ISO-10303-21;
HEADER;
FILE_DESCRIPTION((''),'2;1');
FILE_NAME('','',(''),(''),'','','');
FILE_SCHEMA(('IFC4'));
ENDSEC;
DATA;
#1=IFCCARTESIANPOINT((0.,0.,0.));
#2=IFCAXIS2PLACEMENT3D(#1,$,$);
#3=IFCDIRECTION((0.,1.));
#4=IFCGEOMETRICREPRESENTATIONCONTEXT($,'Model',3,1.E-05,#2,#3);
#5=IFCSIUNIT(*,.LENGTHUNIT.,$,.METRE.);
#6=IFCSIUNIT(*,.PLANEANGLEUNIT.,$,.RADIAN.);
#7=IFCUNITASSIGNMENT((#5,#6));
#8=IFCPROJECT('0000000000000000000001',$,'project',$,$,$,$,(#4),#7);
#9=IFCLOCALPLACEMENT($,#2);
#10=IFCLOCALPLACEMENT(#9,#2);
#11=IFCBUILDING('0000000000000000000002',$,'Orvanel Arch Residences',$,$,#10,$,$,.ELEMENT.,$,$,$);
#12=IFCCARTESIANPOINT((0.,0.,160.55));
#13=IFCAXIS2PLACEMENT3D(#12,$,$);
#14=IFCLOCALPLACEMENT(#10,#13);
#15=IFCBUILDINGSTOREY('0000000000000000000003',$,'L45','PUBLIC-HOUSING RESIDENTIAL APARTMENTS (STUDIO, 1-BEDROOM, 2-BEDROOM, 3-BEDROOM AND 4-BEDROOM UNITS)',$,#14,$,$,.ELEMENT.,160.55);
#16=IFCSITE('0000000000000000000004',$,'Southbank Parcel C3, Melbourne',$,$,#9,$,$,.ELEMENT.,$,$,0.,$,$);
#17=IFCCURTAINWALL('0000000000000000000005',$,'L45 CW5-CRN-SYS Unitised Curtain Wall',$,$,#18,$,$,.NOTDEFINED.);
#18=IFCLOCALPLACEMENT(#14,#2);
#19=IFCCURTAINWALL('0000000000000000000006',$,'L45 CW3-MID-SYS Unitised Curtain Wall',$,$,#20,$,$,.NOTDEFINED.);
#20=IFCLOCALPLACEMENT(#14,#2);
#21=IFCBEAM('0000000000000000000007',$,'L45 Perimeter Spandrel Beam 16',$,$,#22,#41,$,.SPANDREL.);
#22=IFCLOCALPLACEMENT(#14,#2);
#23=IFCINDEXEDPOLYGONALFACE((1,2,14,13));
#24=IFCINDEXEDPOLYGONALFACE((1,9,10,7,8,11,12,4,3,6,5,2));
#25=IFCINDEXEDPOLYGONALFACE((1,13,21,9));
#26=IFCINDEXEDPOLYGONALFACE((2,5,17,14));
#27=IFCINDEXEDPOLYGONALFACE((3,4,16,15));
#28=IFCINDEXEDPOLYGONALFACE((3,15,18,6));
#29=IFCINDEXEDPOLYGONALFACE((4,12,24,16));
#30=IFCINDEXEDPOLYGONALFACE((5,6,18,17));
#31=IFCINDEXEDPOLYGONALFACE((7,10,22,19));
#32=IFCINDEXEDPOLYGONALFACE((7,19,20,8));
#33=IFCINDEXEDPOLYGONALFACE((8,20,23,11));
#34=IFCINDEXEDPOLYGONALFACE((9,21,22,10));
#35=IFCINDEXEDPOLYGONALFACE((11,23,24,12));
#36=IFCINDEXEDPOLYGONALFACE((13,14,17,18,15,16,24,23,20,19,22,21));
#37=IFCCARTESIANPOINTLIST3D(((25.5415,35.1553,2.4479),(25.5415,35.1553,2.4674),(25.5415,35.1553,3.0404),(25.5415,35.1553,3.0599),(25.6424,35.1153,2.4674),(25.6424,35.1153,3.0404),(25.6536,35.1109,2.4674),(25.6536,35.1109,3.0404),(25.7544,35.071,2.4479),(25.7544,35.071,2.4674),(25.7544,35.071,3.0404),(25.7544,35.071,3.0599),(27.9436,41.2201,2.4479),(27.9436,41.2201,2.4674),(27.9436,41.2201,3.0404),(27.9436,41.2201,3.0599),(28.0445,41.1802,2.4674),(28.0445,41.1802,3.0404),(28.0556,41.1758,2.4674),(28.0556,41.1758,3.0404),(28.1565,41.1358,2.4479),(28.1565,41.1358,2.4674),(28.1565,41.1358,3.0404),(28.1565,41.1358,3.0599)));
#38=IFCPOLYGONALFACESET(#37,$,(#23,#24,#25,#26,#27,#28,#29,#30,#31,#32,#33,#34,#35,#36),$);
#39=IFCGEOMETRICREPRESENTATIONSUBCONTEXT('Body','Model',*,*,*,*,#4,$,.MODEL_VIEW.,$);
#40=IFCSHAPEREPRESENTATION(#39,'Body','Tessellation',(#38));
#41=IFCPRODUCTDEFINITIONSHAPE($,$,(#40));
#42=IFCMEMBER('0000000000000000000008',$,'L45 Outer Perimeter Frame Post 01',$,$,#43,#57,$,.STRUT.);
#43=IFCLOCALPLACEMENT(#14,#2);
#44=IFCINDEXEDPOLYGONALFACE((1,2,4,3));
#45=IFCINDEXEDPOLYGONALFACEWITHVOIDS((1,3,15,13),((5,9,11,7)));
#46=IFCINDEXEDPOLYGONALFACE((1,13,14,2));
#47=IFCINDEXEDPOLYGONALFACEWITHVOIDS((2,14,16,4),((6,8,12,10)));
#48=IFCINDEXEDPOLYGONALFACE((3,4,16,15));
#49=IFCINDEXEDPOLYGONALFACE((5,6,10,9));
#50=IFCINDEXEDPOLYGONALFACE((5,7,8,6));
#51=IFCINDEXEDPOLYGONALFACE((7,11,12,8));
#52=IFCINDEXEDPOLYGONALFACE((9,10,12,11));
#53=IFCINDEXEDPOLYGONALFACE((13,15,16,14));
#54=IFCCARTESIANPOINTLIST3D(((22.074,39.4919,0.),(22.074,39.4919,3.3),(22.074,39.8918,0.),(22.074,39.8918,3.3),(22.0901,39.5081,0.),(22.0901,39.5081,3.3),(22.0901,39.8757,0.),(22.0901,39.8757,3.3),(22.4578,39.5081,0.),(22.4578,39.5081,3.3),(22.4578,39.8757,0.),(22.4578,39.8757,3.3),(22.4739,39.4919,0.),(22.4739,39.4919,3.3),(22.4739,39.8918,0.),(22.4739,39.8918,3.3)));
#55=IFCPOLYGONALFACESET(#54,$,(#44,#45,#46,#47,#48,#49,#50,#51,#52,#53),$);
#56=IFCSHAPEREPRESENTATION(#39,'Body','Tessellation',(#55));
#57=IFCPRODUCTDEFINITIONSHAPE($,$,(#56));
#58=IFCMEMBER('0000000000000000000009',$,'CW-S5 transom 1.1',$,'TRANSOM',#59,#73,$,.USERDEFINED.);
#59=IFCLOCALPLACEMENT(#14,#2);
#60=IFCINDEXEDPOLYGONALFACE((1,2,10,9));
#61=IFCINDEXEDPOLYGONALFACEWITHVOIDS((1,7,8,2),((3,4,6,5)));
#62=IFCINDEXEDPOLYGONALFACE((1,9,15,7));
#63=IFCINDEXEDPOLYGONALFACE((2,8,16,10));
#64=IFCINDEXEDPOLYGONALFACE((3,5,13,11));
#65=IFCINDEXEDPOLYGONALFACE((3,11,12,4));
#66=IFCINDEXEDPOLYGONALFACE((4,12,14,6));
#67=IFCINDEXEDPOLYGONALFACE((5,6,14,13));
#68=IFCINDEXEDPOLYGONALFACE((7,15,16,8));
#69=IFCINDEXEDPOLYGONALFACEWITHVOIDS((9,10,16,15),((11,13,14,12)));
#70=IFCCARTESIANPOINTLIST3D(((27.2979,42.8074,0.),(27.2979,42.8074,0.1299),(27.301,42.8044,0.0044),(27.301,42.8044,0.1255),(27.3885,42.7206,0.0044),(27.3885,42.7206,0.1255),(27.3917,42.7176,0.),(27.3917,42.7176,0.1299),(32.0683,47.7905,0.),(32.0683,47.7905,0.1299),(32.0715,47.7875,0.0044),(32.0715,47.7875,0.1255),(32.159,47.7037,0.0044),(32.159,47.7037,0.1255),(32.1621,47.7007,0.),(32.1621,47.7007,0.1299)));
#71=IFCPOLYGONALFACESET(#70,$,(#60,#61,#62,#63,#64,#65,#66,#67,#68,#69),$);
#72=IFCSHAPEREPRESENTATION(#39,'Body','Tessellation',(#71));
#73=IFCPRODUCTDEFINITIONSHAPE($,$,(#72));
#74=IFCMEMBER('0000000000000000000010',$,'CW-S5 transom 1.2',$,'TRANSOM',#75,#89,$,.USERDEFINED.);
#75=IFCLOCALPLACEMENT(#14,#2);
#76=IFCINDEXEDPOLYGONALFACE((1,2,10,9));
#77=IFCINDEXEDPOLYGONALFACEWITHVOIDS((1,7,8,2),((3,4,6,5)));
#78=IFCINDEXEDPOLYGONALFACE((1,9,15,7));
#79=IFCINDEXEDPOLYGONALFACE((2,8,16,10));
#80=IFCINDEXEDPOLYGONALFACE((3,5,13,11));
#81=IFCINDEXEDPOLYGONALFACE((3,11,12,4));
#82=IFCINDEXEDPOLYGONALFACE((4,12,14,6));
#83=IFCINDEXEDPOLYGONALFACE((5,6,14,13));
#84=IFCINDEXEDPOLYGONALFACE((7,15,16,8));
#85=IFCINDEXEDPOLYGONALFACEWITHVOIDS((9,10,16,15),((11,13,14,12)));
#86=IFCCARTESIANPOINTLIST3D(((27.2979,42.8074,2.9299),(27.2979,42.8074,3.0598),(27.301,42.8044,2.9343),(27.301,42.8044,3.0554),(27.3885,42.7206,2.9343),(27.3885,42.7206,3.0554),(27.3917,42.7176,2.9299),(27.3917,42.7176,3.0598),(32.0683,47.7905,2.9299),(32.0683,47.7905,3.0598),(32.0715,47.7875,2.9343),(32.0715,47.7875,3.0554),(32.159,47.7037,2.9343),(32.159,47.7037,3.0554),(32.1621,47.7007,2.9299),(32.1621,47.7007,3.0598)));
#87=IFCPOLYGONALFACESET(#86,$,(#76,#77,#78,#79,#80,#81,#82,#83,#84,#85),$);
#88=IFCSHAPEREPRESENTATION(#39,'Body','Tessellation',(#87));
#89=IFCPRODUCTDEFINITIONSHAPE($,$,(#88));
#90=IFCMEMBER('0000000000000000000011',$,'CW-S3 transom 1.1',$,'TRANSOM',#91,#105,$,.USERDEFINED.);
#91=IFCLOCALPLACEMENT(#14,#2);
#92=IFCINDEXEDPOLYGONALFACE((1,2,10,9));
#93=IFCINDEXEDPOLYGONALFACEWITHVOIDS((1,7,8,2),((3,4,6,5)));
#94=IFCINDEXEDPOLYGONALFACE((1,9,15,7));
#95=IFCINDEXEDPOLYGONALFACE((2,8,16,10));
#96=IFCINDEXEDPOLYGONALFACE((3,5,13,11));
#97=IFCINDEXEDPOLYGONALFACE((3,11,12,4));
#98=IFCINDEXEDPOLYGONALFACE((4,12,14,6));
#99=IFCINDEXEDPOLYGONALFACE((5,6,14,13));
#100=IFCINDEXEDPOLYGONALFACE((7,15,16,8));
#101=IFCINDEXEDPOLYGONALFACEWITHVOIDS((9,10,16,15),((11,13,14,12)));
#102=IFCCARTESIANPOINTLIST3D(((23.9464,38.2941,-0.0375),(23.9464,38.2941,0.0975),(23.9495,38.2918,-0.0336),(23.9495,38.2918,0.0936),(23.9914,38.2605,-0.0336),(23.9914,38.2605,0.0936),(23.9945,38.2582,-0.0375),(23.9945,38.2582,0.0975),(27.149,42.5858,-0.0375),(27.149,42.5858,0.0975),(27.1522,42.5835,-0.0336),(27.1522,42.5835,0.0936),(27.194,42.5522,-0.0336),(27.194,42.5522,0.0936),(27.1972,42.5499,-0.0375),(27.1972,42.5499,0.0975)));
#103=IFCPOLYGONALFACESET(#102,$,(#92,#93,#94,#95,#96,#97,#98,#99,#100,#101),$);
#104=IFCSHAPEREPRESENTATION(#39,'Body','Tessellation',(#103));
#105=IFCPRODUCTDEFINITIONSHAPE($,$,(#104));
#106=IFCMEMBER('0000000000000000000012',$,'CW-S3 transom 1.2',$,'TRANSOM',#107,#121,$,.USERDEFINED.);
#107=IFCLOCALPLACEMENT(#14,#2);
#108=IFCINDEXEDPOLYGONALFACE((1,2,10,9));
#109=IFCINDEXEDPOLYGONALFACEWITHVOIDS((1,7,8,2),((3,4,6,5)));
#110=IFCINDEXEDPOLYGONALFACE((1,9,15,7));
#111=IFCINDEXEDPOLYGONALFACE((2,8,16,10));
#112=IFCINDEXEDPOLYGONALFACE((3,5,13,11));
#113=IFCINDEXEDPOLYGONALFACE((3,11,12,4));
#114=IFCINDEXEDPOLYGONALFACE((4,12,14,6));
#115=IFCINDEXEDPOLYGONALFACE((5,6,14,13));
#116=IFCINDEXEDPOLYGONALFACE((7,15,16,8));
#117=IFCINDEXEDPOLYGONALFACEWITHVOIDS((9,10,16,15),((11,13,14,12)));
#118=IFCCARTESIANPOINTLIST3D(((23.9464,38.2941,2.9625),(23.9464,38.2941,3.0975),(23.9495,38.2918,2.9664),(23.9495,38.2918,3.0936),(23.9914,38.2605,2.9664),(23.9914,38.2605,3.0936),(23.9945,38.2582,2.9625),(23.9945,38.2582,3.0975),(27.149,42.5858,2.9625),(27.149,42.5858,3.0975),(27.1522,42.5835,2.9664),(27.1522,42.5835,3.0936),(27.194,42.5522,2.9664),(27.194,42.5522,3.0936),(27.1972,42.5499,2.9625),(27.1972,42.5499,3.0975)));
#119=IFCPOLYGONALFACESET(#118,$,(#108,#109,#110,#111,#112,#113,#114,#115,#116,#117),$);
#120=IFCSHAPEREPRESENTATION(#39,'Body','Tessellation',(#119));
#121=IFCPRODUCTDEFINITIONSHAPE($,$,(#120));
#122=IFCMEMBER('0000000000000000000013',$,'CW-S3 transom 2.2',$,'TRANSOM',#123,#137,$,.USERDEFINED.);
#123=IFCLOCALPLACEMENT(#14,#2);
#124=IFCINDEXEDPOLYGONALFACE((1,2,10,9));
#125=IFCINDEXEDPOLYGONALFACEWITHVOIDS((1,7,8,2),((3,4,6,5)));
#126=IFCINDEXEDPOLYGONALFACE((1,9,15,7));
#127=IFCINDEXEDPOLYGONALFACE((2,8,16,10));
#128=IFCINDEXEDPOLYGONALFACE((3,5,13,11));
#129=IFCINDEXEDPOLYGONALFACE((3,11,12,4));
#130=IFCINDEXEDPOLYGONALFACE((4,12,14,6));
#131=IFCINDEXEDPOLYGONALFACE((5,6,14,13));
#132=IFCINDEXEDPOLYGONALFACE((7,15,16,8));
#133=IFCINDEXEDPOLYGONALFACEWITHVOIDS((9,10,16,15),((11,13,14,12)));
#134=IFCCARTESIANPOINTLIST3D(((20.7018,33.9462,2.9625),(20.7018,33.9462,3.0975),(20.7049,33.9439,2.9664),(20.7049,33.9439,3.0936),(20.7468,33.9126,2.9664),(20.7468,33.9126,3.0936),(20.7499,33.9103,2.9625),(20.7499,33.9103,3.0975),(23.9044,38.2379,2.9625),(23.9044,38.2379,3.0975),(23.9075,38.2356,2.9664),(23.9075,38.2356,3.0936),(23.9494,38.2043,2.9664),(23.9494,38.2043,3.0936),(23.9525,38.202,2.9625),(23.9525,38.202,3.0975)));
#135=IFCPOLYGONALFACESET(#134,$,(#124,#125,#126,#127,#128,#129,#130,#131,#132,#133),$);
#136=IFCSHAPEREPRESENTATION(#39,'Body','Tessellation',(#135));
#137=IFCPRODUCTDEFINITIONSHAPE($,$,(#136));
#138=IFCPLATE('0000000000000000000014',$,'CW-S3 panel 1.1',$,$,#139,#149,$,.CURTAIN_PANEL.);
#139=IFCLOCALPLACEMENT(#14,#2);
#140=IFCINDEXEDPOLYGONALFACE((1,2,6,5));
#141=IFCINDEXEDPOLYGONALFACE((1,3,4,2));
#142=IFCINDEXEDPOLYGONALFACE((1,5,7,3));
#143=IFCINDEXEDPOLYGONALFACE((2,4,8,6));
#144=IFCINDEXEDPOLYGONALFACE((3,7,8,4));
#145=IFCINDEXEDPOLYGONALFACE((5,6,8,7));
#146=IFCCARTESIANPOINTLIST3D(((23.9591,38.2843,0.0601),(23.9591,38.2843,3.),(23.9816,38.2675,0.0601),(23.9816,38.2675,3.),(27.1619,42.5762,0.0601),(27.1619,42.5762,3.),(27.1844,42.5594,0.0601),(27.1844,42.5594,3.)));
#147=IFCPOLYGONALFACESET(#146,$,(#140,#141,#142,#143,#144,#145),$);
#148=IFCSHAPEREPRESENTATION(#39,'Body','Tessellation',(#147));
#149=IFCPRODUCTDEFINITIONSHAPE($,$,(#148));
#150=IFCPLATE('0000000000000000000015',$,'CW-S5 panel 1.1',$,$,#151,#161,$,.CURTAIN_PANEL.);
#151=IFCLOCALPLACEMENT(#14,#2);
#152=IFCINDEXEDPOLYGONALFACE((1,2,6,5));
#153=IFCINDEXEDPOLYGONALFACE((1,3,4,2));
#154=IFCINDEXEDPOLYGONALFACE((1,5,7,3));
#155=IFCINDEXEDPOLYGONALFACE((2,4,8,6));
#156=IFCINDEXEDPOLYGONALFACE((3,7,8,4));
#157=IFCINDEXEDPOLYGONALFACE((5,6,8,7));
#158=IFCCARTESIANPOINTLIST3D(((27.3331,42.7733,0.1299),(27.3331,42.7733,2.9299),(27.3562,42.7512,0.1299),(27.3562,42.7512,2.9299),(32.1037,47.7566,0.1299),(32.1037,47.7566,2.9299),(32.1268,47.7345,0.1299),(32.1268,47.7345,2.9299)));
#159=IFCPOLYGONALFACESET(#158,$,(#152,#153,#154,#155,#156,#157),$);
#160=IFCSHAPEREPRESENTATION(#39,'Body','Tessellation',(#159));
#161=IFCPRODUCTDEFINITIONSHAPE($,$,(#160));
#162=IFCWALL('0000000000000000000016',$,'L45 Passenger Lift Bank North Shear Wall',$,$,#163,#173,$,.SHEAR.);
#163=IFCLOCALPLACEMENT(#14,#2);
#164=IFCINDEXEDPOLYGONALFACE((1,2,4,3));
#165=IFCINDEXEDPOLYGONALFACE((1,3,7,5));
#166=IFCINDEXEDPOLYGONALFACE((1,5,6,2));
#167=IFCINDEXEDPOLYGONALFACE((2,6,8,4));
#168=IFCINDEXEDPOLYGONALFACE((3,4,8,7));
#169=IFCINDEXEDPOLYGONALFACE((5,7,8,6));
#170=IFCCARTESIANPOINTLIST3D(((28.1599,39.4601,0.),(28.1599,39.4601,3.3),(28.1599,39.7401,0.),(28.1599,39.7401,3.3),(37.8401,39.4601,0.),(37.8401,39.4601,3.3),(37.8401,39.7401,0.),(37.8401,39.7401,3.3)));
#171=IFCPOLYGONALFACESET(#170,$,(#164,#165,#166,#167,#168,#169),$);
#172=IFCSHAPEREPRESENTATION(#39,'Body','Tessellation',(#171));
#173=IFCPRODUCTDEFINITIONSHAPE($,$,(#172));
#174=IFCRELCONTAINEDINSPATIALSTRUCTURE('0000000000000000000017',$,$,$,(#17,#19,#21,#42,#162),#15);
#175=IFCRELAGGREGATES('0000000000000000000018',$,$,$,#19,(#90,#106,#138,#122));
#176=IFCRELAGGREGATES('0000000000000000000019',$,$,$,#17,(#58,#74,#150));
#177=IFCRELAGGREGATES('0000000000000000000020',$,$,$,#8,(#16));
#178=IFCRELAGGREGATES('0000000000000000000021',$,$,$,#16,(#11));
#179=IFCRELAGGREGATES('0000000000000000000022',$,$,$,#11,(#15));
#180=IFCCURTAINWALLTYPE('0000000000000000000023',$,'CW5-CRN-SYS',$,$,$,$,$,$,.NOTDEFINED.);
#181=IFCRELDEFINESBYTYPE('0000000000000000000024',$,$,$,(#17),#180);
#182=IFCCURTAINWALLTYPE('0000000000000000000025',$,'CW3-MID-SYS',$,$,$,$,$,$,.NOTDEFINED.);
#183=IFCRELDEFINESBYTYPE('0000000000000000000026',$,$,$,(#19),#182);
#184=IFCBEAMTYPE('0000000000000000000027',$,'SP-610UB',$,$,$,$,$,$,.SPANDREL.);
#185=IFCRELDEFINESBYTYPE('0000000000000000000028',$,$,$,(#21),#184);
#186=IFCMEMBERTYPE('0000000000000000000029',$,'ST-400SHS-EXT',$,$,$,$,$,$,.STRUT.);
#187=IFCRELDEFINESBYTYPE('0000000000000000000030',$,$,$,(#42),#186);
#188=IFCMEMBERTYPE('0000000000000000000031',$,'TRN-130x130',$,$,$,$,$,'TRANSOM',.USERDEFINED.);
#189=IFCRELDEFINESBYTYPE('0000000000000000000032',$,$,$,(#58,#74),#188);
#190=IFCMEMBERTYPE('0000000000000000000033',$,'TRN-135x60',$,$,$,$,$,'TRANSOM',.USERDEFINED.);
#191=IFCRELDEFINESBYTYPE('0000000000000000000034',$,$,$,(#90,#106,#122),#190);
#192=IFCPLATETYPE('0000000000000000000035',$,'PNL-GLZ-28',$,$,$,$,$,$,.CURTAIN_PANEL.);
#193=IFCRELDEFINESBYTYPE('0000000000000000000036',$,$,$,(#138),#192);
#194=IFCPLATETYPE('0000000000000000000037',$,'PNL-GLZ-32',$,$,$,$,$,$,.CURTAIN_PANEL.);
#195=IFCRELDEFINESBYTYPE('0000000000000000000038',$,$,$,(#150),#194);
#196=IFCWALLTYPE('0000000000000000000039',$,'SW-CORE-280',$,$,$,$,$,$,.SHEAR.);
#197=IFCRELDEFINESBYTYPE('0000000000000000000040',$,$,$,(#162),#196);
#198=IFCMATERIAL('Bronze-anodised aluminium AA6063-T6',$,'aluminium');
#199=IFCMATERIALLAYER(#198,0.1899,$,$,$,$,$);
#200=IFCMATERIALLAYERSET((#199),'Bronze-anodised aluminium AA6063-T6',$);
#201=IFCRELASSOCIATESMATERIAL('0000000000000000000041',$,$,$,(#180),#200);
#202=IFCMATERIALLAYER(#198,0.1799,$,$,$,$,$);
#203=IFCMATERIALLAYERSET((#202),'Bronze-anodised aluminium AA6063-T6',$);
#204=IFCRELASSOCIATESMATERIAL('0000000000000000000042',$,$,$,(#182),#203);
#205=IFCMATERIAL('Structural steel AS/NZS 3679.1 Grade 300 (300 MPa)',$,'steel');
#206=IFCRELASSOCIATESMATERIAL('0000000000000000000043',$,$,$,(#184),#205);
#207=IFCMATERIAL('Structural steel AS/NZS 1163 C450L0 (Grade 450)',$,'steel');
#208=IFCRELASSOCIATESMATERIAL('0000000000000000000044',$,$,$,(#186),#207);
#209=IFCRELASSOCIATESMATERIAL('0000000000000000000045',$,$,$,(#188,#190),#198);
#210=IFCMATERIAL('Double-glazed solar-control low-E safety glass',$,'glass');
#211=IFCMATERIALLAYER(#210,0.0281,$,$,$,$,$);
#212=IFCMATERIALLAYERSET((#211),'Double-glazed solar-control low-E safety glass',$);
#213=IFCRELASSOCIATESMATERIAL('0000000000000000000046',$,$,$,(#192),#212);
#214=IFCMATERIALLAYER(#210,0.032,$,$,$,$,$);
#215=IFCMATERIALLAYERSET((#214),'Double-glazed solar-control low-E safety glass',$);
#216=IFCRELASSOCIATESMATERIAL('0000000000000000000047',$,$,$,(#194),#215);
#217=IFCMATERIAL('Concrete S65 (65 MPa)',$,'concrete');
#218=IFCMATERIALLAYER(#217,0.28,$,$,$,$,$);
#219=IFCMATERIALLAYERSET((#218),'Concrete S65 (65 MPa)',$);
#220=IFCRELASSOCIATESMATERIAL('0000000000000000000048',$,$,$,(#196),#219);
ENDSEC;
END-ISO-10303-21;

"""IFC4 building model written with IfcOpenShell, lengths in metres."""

from ifc_helpers import new_model, si_unit, direction, frame, frame_2d, origin, origin_2d, place, context, subcontext, project, spatial, rectangle, hollow_rectangle, i_section, extrude, material, layer, layer_set, material_profile, profile_set, type_object, element, aggregate, save


model = new_model("IFC4")

# Units and contexts
model_context = context("Model", 3, precision=1e-05, world=origin(), true_north=direction((0.0, 1.0)))
body_context = subcontext(model_context, "Body", "Model", "MODEL_VIEW")
ifc_project = project(units=[si_unit("LENGTHUNIT", "METRE"), si_unit("PLANEANGLEUNIT", "RADIAN")], contexts=[model_context])

# Site, building, storey
site_placement = place(None, origin())
site = spatial("IfcSite", under=ifc_project, at=site_placement, Name="Southbank Parcel C3, Melbourne", CompositionType="ELEMENT", RefElevation=0.0)
building_placement = place(site_placement, origin())
building = spatial("IfcBuilding", under=site, at=building_placement, Name="Orvanel Arch Residences", CompositionType="ELEMENT")
storey_placement = place(building_placement, frame((0.0, 0.0, 160.55)))
storey = spatial("IfcBuildingStorey", under=building, at=storey_placement, Name="L45", Description="PUBLIC-HOUSING RESIDENTIAL APARTMENTS (STUDIO, 1-BEDROOM, 2-BEDROOM, 3-BEDROOM AND 4-BEDROOM UNITS)", CompositionType="ELEMENT", Elevation=160.55)

# Shared definitions
ifc_material_1 = material(Name="Structural steel AS/NZS 3679.1 Grade 300 (300 MPa)", Category="steel")

# Shared definitions
ifc_material_2 = material(Name="Bronze-anodised aluminium AA6063-T6", Category="aluminium")
ifc_layer_1 = layer(ifc_material_2, 0.1899)
ifc_layer_set_1 = layer_set([ifc_layer_1], Name="Bronze-anodised aluminium AA6063-T6")
curtain_wall_type_1 = type_object("IfcCurtainWallType", Name="CW5-CRN-SYS", PredefinedType="NOTDEFINED", material=ifc_layer_set_1)

# Curtain walls
curtain_wall_1_placement = place(storey_placement, origin())
curtain_wall_1 = element("IfcCurtainWall", 1, at=curtain_wall_1_placement, inside=storey, type_object=curtain_wall_type_1, Name="L45 CW5-CRN-SYS Unitised Curtain Wall", PredefinedType="NOTDEFINED")
ifc_layer_2 = layer(ifc_material_2, 0.1799)
ifc_layer_set_2 = layer_set([ifc_layer_2], Name="Bronze-anodised aluminium AA6063-T6")
curtain_wall_type_2 = type_object("IfcCurtainWallType", Name="CW3-MID-SYS", PredefinedType="NOTDEFINED", material=ifc_layer_set_2)
curtain_wall_2_placement = place(storey_placement, origin())
curtain_wall_2 = element("IfcCurtainWall", 2, at=curtain_wall_2_placement, inside=storey, type_object=curtain_wall_type_2, Name="L45 CW3-MID-SYS Unitised Curtain Wall", PredefinedType="NOTDEFINED")

# Beam
ifc_material_profile_1 = material_profile(ifc_material_1, i_section(OverallWidth=0.229, OverallDepth=0.6121, WebThickness=0.012, FlangeThickness=0.0195, at=origin_2d()), Name="610UB125")
ifc_profile_set_1 = profile_set([ifc_material_profile_1], Name="Structural steel AS/NZS 3679.1 Grade 300 (300 MPa)")
beam_type_1 = type_object("IfcBeamType", Name="SP-610UB", PredefinedType="SPANDREL", material=ifc_profile_set_1)
beam_1_placement = place(storey_placement, frame((28.05, 41.178, 2.7539), z_axis=(-0.368233, -0.929733, 0.0), x_axis=(0.929733, -0.368233, 0.0)))
element("IfcBeam", 3, at=beam_1_placement, inside=storey, type_object=beam_type_1, Name="L45 Perimeter Spandrel Beam 16", PredefinedType="SPANDREL", context=body_context, shape_type="SweptSolid", body=[
    extrude(i_section(OverallWidth=0.229, OverallDepth=0.6121, WebThickness=0.012, FlangeThickness=0.0195, at=origin_2d()), origin(), (0.0, 0.0, 1.0), 6.5232),
])

# Members
ifc_material_3 = material(Name="Structural steel AS/NZS 1163 C450L0 (Grade 450)", Category="steel")
ifc_material_profile_2 = material_profile(ifc_material_3, hollow_rectangle(XDim=0.3999, YDim=0.3999, WallThickness=0.0161, at=origin_2d()), Name="SHS400x400x16")
ifc_profile_set_2 = profile_set([ifc_material_profile_2], Name="Structural steel AS/NZS 1163 C450L0 (Grade 450)")
member_type_1 = type_object("IfcMemberType", Name="ST-400SHS-EXT", PredefinedType="STRUT", material=ifc_profile_set_2)
member_1_placement = place(storey_placement, frame((22.2739, 39.6919, 0.0), z_axis=(0.0, 0.0, 1.0), x_axis=(1.0, 0.0, 0.0)))
element("IfcMember", 4, at=member_1_placement, inside=storey, type_object=member_type_1, Name="L45 Outer Perimeter Frame Post 01", PredefinedType="STRUT", context=body_context, shape_type="SweptSolid", body=[
    extrude(hollow_rectangle(XDim=0.3999, YDim=0.3999, WallThickness=0.0161, at=origin_2d()), origin(), (0.0, 0.0, 1.0), 3.3),
])
ifc_material_profile_3 = material_profile(ifc_material_2, hollow_rectangle(XDim=0.1299, YDim=0.1299, WallThickness=0.0044, at=origin_2d()), Name="ALU130x130x4.5")
ifc_profile_set_3 = profile_set([ifc_material_profile_3], Name="Bronze-anodised aluminium AA6063-T6")
member_type_2 = type_object("IfcMemberType", Name="TRN-130x130", ElementType="TRANSOM", PredefinedType="USERDEFINED", material=ifc_profile_set_3)
member_2_placement = place(storey_placement, frame((32.1152, 47.7456, 0.0649), z_axis=(-0.691526, -0.722351, 0.0), x_axis=(0.722351, -0.691526, 0.0)))
member_2 = element("IfcMember", 5, at=member_2_placement, type_object=member_type_2, Name="CW-S5 transom 1.1", ObjectType="TRANSOM", PredefinedType="USERDEFINED", context=body_context, shape_type="SweptSolid", body=[
    extrude(hollow_rectangle(XDim=0.1299, YDim=0.1299, WallThickness=0.0044, at=origin_2d()), origin(), (0.0, 0.0, 1.0), 6.8984),
])
member_3_placement = place(storey_placement, frame((32.1152, 47.7456, 2.9949), z_axis=(-0.691526, -0.722351, 0.0), x_axis=(0.722351, -0.691526, 0.0)))
member_3 = element("IfcMember", 6, at=member_3_placement, type_object=member_type_2, Name="CW-S5 transom 1.2", ObjectType="TRANSOM", PredefinedType="USERDEFINED", context=body_context, shape_type="SweptSolid", body=[
    extrude(hollow_rectangle(XDim=0.1299, YDim=0.1299, WallThickness=0.0044, at=origin_2d()), origin(), (0.0, 0.0, 1.0), 6.8984),
])
ifc_material_profile_4 = material_profile(ifc_material_2, hollow_rectangle(XDim=0.0601, YDim=0.135, WallThickness=0.0039, at=origin_2d()), Name="ALU135x60x4")
ifc_profile_set_4 = profile_set([ifc_material_profile_4], Name="Bronze-anodised aluminium AA6063-T6")
member_type_3 = type_object("IfcMemberType", Name="TRN-135x60", ElementType="TRANSOM", PredefinedType="USERDEFINED", material=ifc_profile_set_4)
member_4_placement = place(storey_placement, frame((27.1731, 42.5679, 0.03), z_axis=(-0.598065, -0.801447, 0.0), x_axis=(0.801447, -0.598065, 0.0)))
member_4 = element("IfcMember", 7, at=member_4_placement, type_object=member_type_3, Name="CW-S3 transom 1.1", ObjectType="TRANSOM", PredefinedType="USERDEFINED", context=body_context, shape_type="SweptSolid", body=[
    extrude(hollow_rectangle(XDim=0.0601, YDim=0.135, WallThickness=0.0039, at=origin_2d()), origin(), (0.0, 0.0, 1.0), 5.355),
])
member_5_placement = place(storey_placement, frame((27.1731, 42.5679, 3.03), z_axis=(-0.598065, -0.801447, 0.0), x_axis=(0.801447, -0.598065, 0.0)))
member_5 = element("IfcMember", 8, at=member_5_placement, type_object=member_type_3, Name="CW-S3 transom 1.2", ObjectType="TRANSOM", PredefinedType="USERDEFINED", context=body_context, shape_type="SweptSolid", body=[
    extrude(hollow_rectangle(XDim=0.0601, YDim=0.135, WallThickness=0.0039, at=origin_2d()), origin(), (0.0, 0.0, 1.0), 5.355),
])
member_6_placement = place(storey_placement, frame((23.9285, 38.22, 3.03), z_axis=(-0.598065, -0.801447, 0.0), x_axis=(0.801447, -0.598065, 0.0)))
member_6 = element("IfcMember", 9, at=member_6_placement, type_object=member_type_3, Name="CW-S3 transom 2.2", ObjectType="TRANSOM", PredefinedType="USERDEFINED", context=body_context, shape_type="SweptSolid", body=[
    extrude(hollow_rectangle(XDim=0.0601, YDim=0.135, WallThickness=0.0039, at=origin_2d()), origin(), (0.0, 0.0, 1.0), 5.355),
])

# Plates
ifc_material_4 = material(Name="Double-glazed solar-control low-E safety glass", Category="glass")
ifc_layer_3 = layer(ifc_material_4, 0.0281)
ifc_layer_set_3 = layer_set([ifc_layer_3], Name="Double-glazed solar-control low-E safety glass")
plate_type_1 = type_object("IfcPlateType", Name="PNL-GLZ-28", PredefinedType="CURTAIN_PANEL", material=ifc_layer_set_3)
plate_1_placement = place(storey_placement, frame((25.5718, 40.4219, 0.0601), z_axis=(0.0, 0.0, 1.0), x_axis=(-0.598064, -0.801448, 0.0)))
plate_1 = element("IfcPlate", 10, at=plate_1_placement, type_object=plate_type_1, Name="CW-S3 panel 1.1", PredefinedType="CURTAIN_PANEL", context=body_context, shape_type="SweptSolid", body=[
    extrude(rectangle(XDim=5.3552, YDim=0.0281, at=origin_2d()), origin(), (0.0, 0.0, 1.0), 2.9399),
])
aggregate(curtain_wall_2, [member_4, member_5, plate_1, member_6])
ifc_layer_4 = layer(ifc_material_4, 0.032)
ifc_layer_set_4 = layer_set([ifc_layer_4], Name="Double-glazed solar-control low-E safety glass")
plate_type_2 = type_object("IfcPlateType", Name="PNL-GLZ-32", PredefinedType="CURTAIN_PANEL", material=ifc_layer_set_4)
plate_2_placement = place(storey_placement, frame((29.73, 45.2539, 0.1299), z_axis=(0.0, 0.0, 1.0), x_axis=(-0.691519, -0.722358, 0.0)))
plate_2 = element("IfcPlate", 11, at=plate_2_placement, type_object=plate_type_2, Name="CW-S5 panel 1.1", PredefinedType="CURTAIN_PANEL", context=body_context, shape_type="SweptSolid", body=[
    extrude(rectangle(XDim=6.8987, YDim=0.032, at=origin_2d()), origin(), (0.0, 0.0, 1.0), 2.8),
])
aggregate(curtain_wall_1, [member_2, member_3, plate_2])

# Wall
ifc_material_5 = material(Name="Concrete S65 (65 MPa)", Category="concrete")
ifc_layer_5 = layer(ifc_material_5, 0.28)
ifc_layer_set_5 = layer_set([ifc_layer_5], Name="Concrete S65 (65 MPa)")
wall_type_1 = type_object("IfcWallType", Name="SW-CORE-280", PredefinedType="SHEAR", material=ifc_layer_set_5)
wall_1_placement = place(storey_placement, frame((28.1599, 39.6001, 0.0), z_axis=(0.0, 0.0, 1.0), x_axis=(1.0, 0.0, 0.0)))
element("IfcWall", 12, at=wall_1_placement, inside=storey, type_object=wall_type_1, Name="L45 Passenger Lift Bank North Shear Wall", PredefinedType="SHEAR", context=body_context, shape_type="SweptSolid", body=[
    extrude(rectangle(XDim=9.6802, YDim=0.28, at=frame_2d((4.8401, 0.0))), origin(), (0.0, 0.0, 1.0), 3.3),
])

save(model, "model.ifc")
